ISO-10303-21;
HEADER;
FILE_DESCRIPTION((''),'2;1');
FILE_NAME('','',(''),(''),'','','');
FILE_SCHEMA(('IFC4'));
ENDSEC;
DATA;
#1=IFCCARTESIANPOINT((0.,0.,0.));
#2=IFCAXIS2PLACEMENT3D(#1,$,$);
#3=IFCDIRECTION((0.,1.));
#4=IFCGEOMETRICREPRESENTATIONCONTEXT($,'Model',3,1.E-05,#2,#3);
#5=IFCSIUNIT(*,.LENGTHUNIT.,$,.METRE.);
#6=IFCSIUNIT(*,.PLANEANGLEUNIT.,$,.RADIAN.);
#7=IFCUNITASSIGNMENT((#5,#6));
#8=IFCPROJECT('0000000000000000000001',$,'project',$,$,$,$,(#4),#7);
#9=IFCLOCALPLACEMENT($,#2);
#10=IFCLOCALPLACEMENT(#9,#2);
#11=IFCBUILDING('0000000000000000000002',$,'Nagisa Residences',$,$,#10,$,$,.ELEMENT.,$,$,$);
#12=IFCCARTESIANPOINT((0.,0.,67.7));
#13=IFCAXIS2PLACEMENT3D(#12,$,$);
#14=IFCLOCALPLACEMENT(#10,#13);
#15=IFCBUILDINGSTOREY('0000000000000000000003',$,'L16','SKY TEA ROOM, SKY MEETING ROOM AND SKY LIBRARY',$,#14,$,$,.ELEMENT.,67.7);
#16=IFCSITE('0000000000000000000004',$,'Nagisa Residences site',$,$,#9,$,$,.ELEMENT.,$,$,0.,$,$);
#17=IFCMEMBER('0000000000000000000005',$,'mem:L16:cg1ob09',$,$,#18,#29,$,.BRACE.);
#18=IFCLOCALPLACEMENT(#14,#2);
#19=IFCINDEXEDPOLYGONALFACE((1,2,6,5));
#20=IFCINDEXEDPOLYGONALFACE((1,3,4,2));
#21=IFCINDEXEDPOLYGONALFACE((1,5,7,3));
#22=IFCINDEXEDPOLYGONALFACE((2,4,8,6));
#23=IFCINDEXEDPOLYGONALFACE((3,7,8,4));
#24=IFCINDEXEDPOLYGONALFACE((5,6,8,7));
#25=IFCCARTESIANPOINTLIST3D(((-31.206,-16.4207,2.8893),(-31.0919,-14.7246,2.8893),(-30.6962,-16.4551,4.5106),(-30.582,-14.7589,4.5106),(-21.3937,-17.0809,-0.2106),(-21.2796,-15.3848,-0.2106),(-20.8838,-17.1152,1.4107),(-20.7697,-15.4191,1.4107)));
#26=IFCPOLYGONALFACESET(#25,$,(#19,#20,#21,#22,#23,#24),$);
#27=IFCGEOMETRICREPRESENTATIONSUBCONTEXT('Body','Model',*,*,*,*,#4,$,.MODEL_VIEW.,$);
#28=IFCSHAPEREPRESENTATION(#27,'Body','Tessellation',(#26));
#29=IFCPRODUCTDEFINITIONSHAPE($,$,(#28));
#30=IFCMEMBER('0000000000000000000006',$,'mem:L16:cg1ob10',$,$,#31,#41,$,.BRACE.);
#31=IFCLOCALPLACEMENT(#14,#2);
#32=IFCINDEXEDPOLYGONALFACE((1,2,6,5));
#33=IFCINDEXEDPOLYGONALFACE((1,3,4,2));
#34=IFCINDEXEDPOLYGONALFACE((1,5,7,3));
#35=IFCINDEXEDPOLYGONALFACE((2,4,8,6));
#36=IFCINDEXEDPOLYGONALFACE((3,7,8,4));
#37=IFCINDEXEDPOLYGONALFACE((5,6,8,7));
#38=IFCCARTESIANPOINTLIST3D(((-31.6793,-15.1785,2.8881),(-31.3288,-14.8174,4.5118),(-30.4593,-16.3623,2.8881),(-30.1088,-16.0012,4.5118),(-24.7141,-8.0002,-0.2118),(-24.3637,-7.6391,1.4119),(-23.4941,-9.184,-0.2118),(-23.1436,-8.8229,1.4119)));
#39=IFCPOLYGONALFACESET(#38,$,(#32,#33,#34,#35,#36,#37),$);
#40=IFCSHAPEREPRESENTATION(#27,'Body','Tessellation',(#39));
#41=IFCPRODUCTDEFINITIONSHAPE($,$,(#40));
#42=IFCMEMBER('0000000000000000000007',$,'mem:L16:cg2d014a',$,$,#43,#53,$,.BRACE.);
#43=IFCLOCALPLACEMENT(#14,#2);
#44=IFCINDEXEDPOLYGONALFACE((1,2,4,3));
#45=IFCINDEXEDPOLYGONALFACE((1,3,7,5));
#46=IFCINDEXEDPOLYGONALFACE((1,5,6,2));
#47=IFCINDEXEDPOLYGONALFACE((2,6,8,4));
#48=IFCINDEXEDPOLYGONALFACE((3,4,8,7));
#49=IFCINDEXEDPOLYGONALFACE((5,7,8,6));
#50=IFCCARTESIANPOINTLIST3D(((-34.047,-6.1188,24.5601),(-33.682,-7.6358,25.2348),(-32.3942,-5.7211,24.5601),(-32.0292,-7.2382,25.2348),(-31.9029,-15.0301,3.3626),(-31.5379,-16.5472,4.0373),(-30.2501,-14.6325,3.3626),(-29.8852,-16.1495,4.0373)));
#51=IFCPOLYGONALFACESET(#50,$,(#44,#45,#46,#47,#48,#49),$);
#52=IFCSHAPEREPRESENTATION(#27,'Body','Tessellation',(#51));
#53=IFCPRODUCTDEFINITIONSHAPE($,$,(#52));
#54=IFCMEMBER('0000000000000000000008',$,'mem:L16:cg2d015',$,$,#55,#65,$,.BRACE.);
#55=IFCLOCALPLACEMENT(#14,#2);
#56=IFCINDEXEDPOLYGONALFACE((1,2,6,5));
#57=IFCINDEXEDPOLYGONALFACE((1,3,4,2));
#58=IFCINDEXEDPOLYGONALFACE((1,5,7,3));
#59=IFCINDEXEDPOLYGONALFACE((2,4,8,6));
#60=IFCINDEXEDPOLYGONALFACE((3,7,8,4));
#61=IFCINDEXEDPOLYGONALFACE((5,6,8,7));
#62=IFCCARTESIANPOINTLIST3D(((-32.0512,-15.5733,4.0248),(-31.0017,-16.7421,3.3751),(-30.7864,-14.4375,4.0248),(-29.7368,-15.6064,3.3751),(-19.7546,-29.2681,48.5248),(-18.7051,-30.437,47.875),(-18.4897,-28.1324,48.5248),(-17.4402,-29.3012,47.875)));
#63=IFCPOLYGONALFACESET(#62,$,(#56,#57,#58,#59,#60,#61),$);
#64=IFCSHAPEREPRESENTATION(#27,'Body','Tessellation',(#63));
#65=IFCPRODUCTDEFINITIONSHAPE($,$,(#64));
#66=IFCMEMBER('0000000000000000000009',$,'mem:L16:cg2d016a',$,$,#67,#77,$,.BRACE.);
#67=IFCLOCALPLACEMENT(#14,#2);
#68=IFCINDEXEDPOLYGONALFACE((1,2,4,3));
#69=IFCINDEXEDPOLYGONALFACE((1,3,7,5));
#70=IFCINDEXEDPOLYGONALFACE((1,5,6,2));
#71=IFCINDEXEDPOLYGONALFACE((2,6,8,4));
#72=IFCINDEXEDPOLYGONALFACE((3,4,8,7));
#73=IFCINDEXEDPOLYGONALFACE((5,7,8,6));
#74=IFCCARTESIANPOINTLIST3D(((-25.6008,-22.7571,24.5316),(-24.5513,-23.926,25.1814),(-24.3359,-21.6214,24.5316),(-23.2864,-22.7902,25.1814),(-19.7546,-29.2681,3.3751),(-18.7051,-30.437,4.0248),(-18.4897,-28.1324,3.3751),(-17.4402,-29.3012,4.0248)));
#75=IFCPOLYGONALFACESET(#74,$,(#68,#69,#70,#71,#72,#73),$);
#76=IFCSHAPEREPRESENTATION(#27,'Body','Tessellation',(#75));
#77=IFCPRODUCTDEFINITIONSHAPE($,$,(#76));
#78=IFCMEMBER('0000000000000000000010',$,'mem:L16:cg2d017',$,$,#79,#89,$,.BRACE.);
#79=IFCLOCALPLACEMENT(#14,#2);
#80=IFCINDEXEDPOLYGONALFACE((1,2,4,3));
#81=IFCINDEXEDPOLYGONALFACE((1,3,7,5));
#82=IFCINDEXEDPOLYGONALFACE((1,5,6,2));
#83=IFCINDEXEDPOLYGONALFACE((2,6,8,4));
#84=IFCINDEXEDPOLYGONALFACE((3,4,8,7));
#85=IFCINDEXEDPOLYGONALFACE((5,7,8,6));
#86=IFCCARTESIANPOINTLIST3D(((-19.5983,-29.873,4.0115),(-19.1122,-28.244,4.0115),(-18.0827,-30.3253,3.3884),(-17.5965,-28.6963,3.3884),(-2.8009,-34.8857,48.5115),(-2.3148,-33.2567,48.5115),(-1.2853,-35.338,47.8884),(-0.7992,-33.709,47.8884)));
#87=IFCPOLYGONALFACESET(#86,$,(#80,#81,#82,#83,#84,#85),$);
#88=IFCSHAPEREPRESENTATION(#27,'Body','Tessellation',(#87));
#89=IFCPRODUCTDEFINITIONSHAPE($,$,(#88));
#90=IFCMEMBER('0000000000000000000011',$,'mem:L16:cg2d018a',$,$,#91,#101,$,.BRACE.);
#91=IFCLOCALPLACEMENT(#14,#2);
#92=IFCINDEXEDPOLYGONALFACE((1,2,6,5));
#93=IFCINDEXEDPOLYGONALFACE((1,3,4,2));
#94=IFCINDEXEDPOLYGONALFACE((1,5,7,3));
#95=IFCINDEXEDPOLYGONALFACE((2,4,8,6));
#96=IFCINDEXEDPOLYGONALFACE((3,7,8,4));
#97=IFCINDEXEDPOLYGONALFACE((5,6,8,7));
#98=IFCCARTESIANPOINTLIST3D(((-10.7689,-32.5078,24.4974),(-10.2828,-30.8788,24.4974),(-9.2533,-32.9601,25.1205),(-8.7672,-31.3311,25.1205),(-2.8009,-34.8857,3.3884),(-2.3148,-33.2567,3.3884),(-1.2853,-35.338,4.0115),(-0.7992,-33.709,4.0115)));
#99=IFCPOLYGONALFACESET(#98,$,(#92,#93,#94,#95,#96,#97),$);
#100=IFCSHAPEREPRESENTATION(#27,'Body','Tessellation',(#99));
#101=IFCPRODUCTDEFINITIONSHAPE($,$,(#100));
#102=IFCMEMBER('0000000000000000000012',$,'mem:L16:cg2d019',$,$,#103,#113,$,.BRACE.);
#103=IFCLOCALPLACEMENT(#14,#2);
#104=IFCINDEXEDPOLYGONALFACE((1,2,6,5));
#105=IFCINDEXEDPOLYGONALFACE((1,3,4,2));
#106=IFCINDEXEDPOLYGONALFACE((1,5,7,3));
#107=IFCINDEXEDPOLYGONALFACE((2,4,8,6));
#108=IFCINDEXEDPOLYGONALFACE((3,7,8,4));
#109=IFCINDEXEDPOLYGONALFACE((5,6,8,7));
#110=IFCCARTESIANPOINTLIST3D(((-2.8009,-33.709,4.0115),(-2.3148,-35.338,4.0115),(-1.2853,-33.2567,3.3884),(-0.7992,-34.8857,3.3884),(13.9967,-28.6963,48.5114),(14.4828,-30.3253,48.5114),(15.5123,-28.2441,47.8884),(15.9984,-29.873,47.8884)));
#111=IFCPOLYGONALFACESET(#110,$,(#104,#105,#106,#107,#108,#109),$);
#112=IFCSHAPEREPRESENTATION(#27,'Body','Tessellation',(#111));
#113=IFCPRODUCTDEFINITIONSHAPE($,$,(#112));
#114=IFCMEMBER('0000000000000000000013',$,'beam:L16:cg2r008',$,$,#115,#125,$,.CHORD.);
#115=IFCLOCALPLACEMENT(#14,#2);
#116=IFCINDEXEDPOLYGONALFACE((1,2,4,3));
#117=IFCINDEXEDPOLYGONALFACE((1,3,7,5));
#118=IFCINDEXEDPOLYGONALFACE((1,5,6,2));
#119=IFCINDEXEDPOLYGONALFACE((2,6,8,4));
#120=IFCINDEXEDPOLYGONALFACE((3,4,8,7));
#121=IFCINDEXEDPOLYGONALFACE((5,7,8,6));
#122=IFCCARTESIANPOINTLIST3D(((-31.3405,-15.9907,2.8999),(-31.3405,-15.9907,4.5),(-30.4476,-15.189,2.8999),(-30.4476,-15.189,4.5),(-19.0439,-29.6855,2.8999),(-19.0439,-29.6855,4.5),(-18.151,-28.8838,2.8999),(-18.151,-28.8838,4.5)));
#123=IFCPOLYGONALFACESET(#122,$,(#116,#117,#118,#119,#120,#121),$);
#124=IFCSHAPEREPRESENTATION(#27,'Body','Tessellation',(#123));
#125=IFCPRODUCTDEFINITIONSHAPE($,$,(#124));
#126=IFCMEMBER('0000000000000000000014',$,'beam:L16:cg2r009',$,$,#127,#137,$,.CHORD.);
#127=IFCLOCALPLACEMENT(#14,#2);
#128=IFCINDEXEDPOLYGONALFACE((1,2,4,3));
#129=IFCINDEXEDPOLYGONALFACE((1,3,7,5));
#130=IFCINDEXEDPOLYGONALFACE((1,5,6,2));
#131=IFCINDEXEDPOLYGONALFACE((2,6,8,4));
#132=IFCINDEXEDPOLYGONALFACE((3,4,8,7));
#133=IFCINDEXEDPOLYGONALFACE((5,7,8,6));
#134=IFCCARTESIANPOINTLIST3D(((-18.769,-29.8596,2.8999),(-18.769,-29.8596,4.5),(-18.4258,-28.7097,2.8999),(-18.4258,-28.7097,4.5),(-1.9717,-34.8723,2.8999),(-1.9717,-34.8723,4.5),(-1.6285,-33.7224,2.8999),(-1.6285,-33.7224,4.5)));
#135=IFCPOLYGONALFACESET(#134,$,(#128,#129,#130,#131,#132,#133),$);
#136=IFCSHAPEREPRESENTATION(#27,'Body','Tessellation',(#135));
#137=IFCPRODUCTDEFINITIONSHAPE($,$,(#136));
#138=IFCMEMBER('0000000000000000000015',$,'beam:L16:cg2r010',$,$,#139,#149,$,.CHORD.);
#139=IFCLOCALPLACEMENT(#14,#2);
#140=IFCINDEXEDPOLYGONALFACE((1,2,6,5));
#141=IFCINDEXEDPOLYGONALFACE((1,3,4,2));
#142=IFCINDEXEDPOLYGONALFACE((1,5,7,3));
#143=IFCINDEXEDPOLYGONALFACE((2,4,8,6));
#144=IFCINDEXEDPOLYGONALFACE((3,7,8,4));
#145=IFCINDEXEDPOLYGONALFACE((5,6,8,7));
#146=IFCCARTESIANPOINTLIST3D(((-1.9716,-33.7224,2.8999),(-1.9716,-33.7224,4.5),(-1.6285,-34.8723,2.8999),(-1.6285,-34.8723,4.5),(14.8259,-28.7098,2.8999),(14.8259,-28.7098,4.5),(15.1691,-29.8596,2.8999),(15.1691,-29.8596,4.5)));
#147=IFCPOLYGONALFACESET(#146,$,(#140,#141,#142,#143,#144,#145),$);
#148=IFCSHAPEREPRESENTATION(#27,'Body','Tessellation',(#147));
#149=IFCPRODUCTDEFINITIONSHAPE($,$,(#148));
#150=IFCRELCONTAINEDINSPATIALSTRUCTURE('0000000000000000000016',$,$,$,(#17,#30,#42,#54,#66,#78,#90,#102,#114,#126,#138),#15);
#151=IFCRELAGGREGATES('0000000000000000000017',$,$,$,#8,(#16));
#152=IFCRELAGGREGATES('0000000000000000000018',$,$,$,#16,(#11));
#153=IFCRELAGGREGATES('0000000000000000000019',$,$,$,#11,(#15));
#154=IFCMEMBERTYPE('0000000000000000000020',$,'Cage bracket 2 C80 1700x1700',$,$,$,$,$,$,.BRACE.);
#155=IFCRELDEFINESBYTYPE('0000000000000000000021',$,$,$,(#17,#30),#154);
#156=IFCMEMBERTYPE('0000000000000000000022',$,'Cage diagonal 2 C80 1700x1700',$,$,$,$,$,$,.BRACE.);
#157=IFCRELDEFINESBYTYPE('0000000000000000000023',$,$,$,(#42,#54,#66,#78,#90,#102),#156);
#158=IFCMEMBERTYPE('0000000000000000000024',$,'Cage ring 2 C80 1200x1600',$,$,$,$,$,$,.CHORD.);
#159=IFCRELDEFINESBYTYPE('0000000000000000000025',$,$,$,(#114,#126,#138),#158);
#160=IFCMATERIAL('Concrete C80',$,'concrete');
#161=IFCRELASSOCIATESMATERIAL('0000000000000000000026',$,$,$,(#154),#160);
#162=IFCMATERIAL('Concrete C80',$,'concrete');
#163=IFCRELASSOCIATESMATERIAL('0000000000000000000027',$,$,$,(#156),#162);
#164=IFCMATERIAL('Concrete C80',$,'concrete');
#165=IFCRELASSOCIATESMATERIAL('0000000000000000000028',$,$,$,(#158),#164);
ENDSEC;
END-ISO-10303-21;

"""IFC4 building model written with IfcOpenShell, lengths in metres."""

from ifc_helpers import new_model, si_unit, direction, frame, origin, origin_2d, place, context, subcontext, project, spatial, rectangle, extrude, material, material_profile, profile_set, type_object, element, save


model = new_model("IFC4")

# Units and contexts
model_context = context("Model", 3, precision=1e-05, world=origin(), true_north=direction((0.0, 1.0)))
body_context = subcontext(model_context, "Body", "Model", "MODEL_VIEW")
ifc_project = project(units=[si_unit("LENGTHUNIT", "METRE"), si_unit("PLANEANGLEUNIT", "RADIAN")], contexts=[model_context])

# Site, building, storey
site_placement = place(None, origin())
site = spatial("IfcSite", under=ifc_project, at=site_placement, Name="Nagisa Residences site", CompositionType="ELEMENT", RefElevation=0.0)
building_placement = place(site_placement, origin())
building = spatial("IfcBuilding", under=site, at=building_placement, Name="Nagisa Residences", CompositionType="ELEMENT")
storey_placement = place(building_placement, frame((0.0, 0.0, 67.7)))
storey = spatial("IfcBuildingStorey", under=building, at=storey_placement, Name="L16", Description="SKY TEA ROOM, SKY MEETING ROOM AND SKY LIBRARY", CompositionType="ELEMENT", Elevation=67.7)

# Members
ifc_material_1 = material(Name="Concrete C80", Category="concrete")
ifc_material_profile_1 = material_profile(ifc_material_1, rectangle(XDim=1.7, YDim=1.7, at=origin_2d()), Name="C80 1700x1700")
ifc_profile_set_1 = profile_set([ifc_material_profile_1], Name="Concrete C80")
member_type_1 = type_object("IfcMemberType", Name="Cage bracket 2 C80 1700x1700", PredefinedType="BRACE", material=ifc_profile_set_1)
member_1_placement = place(storey_placement, frame((-30.894, -15.5898, 3.7), z_axis=(0.951592, -0.064022, -0.300624), x_axis=(0.067127, 0.997744, 0.0)))
element("IfcMember", 1, at=member_1_placement, inside=storey, type_object=member_type_1, Name="mem:L16:cg1ob09", PredefinedType="BRACE", context=body_context, shape_type="SweptSolid", body=[
    extrude(rectangle(XDim=1.7, YDim=1.7, at=origin_2d()), origin(), (0.0, 0.0, 1.0), 10.3115),
])
member_2_placement = place(storey_placement, frame((-30.894, -15.5898, 3.7), z_axis=(0.665159, 0.685513, -0.296033), x_axis=(-0.717681, 0.696372, 0.0)))
element("IfcMember", 2, at=member_2_placement, inside=storey, type_object=member_type_1, Name="mem:L16:cg1ob10", PredefinedType="BRACE", context=body_context, shape_type="SweptSolid", body=[
    extrude(rectangle(XDim=1.7, YDim=1.7, at=origin_2d()), origin(), (0.0, 0.0, 1.0), 10.4714),
])
ifc_material_2 = material(Name="Concrete C80", Category="concrete")
ifc_material_profile_2 = material_profile(ifc_material_2, rectangle(XDim=1.7, YDim=1.7, at=origin_2d()), Name="C80 1700x1700")
ifc_profile_set_2 = profile_set([ifc_material_profile_2], Name="Concrete C80")
member_type_2 = type_object("IfcMemberType", Name="Cage diagonal 2 C80 1700x1700", PredefinedType="BRACE", material=ifc_profile_set_2)
member_3_placement = place(storey_placement, frame((-30.894, -15.5898, 3.7), z_axis=(-0.092839, 0.38587, 0.91787), x_axis=(-0.972256, -0.233921, 0.0)))
element("IfcMember", 3, at=member_3_placement, inside=storey, type_object=member_type_2, Name="mem:L16:cg2d014a", PredefinedType="BRACE", context=body_context, shape_type="SweptSolid", body=[
    extrude(rectangle(XDim=1.7, YDim=1.7, at=origin_2d()), origin(), (0.0, 0.0, 1.0), 23.0942),
])
member_4_placement = place(storey_placement, frame((-30.894, -15.5898, 3.7), z_axis=(0.25535, -0.284384, 0.924079), x_axis=(0.744069, 0.668102, 0.0)))
element("IfcMember", 4, at=member_4_placement, inside=storey, type_object=member_type_2, Name="mem:L16:cg2d015", PredefinedType="BRACE", context=body_context, shape_type="SweptSolid", body=[
    extrude(rectangle(XDim=1.7, YDim=1.7, at=origin_2d()), origin(), (0.0, 0.0, 1.0), 48.156),
])
member_5_placement = place(storey_placement, frame((-18.5974, -29.2847, 3.7), z_axis=(-0.255351, 0.284388, 0.924077), x_axis=(-0.744072, -0.6681, 0.0)))
element("IfcMember", 5, at=member_5_placement, inside=storey, type_object=member_type_2, Name="mem:L16:cg2d016a", PredefinedType="BRACE", context=body_context, shape_type="SweptSolid", body=[
    extrude(rectangle(XDim=1.7, YDim=1.7, at=origin_2d()), origin(), (0.0, 0.0, 1.0), 22.8948),
])
member_6_placement = place(storey_placement, frame((-18.5974, -29.2847, 3.7), z_axis=(0.351203, -0.104806, 0.930415), x_axis=(0.28596, 0.958242, 0.0)))
element("IfcMember", 6, at=member_6_placement, inside=storey, type_object=member_type_2, Name="mem:L16:cg2d017", PredefinedType="BRACE", context=body_context, shape_type="SweptSolid", body=[
    extrude(rectangle(XDim=1.7, YDim=1.7, at=origin_2d()), origin(), (0.0, 0.0, 1.0), 47.8281),
])
member_7_placement = place(storey_placement, frame((-1.8, -34.2974, 3.7), z_axis=(-0.351202, 0.104811, 0.930415), x_axis=(-0.285971, -0.958238, 0.0)))
element("IfcMember", 7, at=member_7_placement, inside=storey, type_object=member_type_2, Name="mem:L16:cg2d018a", PredefinedType="BRACE", context=body_context, shape_type="SweptSolid", body=[
    extrude(rectangle(XDim=1.7, YDim=1.7, at=origin_2d()), origin(), (0.0, 0.0, 1.0), 22.6877),
])
member_8_placement = place(storey_placement, frame((-1.8, -34.2974, 3.7), z_axis=(0.351207, 0.104806, 0.930413), x_axis=(-0.285956, 0.958243, 0.0)))
element("IfcMember", 8, at=member_8_placement, inside=storey, type_object=member_type_2, Name="mem:L16:cg2d019", PredefinedType="BRACE", context=body_context, shape_type="SweptSolid", body=[
    extrude(rectangle(XDim=1.7, YDim=1.7, at=origin_2d()), origin(), (0.0, 0.0, 1.0), 47.8281),
])
ifc_material_3 = material(Name="Concrete C80", Category="concrete")
ifc_material_profile_3 = material_profile(ifc_material_3, rectangle(XDim=1.2, YDim=1.6001, at=origin_2d()), Name="C80 1200x1600")
ifc_profile_set_3 = profile_set([ifc_material_profile_3], Name="Concrete C80")
member_type_3 = type_object("IfcMemberType", Name="Cage ring 2 C80 1200x1600", PredefinedType="CHORD", material=ifc_profile_set_3)
member_9_placement = place(storey_placement, frame((-30.894, -15.5898, 3.7), z_axis=(0.668102, -0.744069, 0.0), x_axis=(0.744069, 0.668102, 0.0)))
element("IfcMember", 9, at=member_9_placement, inside=storey, type_object=member_type_3, Name="beam:L16:cg2r008", PredefinedType="CHORD", context=body_context, shape_type="SweptSolid", body=[
    extrude(rectangle(XDim=1.2, YDim=1.6001, at=origin_2d()), origin(), (0.0, 0.0, 1.0), 18.4053),
])
member_10_placement = place(storey_placement, frame((-18.5974, -29.2847, 3.7), z_axis=(0.958242, -0.28596, 0.0), x_axis=(0.28596, 0.958242, 0.0)))
element("IfcMember", 10, at=member_10_placement, inside=storey, type_object=member_type_3, Name="beam:L16:cg2r009", PredefinedType="CHORD", context=body_context, shape_type="SweptSolid", body=[
    extrude(rectangle(XDim=1.2, YDim=1.6001, at=origin_2d()), origin(), (0.0, 0.0, 1.0), 17.5293),
])
member_11_placement = place(storey_placement, frame((-1.8, -34.2974, 3.7), z_axis=(0.958243, 0.285956, 0.0), x_axis=(-0.285956, 0.958243, 0.0)))
element("IfcMember", 11, at=member_11_placement, inside=storey, type_object=member_type_3, Name="beam:L16:cg2r010", PredefinedType="CHORD", context=body_context, shape_type="SweptSolid", body=[
    extrude(rectangle(XDim=1.2, YDim=1.6001, at=origin_2d()), origin(), (0.0, 0.0, 1.0), 17.5295),
])

save(model, "model.ifc")
